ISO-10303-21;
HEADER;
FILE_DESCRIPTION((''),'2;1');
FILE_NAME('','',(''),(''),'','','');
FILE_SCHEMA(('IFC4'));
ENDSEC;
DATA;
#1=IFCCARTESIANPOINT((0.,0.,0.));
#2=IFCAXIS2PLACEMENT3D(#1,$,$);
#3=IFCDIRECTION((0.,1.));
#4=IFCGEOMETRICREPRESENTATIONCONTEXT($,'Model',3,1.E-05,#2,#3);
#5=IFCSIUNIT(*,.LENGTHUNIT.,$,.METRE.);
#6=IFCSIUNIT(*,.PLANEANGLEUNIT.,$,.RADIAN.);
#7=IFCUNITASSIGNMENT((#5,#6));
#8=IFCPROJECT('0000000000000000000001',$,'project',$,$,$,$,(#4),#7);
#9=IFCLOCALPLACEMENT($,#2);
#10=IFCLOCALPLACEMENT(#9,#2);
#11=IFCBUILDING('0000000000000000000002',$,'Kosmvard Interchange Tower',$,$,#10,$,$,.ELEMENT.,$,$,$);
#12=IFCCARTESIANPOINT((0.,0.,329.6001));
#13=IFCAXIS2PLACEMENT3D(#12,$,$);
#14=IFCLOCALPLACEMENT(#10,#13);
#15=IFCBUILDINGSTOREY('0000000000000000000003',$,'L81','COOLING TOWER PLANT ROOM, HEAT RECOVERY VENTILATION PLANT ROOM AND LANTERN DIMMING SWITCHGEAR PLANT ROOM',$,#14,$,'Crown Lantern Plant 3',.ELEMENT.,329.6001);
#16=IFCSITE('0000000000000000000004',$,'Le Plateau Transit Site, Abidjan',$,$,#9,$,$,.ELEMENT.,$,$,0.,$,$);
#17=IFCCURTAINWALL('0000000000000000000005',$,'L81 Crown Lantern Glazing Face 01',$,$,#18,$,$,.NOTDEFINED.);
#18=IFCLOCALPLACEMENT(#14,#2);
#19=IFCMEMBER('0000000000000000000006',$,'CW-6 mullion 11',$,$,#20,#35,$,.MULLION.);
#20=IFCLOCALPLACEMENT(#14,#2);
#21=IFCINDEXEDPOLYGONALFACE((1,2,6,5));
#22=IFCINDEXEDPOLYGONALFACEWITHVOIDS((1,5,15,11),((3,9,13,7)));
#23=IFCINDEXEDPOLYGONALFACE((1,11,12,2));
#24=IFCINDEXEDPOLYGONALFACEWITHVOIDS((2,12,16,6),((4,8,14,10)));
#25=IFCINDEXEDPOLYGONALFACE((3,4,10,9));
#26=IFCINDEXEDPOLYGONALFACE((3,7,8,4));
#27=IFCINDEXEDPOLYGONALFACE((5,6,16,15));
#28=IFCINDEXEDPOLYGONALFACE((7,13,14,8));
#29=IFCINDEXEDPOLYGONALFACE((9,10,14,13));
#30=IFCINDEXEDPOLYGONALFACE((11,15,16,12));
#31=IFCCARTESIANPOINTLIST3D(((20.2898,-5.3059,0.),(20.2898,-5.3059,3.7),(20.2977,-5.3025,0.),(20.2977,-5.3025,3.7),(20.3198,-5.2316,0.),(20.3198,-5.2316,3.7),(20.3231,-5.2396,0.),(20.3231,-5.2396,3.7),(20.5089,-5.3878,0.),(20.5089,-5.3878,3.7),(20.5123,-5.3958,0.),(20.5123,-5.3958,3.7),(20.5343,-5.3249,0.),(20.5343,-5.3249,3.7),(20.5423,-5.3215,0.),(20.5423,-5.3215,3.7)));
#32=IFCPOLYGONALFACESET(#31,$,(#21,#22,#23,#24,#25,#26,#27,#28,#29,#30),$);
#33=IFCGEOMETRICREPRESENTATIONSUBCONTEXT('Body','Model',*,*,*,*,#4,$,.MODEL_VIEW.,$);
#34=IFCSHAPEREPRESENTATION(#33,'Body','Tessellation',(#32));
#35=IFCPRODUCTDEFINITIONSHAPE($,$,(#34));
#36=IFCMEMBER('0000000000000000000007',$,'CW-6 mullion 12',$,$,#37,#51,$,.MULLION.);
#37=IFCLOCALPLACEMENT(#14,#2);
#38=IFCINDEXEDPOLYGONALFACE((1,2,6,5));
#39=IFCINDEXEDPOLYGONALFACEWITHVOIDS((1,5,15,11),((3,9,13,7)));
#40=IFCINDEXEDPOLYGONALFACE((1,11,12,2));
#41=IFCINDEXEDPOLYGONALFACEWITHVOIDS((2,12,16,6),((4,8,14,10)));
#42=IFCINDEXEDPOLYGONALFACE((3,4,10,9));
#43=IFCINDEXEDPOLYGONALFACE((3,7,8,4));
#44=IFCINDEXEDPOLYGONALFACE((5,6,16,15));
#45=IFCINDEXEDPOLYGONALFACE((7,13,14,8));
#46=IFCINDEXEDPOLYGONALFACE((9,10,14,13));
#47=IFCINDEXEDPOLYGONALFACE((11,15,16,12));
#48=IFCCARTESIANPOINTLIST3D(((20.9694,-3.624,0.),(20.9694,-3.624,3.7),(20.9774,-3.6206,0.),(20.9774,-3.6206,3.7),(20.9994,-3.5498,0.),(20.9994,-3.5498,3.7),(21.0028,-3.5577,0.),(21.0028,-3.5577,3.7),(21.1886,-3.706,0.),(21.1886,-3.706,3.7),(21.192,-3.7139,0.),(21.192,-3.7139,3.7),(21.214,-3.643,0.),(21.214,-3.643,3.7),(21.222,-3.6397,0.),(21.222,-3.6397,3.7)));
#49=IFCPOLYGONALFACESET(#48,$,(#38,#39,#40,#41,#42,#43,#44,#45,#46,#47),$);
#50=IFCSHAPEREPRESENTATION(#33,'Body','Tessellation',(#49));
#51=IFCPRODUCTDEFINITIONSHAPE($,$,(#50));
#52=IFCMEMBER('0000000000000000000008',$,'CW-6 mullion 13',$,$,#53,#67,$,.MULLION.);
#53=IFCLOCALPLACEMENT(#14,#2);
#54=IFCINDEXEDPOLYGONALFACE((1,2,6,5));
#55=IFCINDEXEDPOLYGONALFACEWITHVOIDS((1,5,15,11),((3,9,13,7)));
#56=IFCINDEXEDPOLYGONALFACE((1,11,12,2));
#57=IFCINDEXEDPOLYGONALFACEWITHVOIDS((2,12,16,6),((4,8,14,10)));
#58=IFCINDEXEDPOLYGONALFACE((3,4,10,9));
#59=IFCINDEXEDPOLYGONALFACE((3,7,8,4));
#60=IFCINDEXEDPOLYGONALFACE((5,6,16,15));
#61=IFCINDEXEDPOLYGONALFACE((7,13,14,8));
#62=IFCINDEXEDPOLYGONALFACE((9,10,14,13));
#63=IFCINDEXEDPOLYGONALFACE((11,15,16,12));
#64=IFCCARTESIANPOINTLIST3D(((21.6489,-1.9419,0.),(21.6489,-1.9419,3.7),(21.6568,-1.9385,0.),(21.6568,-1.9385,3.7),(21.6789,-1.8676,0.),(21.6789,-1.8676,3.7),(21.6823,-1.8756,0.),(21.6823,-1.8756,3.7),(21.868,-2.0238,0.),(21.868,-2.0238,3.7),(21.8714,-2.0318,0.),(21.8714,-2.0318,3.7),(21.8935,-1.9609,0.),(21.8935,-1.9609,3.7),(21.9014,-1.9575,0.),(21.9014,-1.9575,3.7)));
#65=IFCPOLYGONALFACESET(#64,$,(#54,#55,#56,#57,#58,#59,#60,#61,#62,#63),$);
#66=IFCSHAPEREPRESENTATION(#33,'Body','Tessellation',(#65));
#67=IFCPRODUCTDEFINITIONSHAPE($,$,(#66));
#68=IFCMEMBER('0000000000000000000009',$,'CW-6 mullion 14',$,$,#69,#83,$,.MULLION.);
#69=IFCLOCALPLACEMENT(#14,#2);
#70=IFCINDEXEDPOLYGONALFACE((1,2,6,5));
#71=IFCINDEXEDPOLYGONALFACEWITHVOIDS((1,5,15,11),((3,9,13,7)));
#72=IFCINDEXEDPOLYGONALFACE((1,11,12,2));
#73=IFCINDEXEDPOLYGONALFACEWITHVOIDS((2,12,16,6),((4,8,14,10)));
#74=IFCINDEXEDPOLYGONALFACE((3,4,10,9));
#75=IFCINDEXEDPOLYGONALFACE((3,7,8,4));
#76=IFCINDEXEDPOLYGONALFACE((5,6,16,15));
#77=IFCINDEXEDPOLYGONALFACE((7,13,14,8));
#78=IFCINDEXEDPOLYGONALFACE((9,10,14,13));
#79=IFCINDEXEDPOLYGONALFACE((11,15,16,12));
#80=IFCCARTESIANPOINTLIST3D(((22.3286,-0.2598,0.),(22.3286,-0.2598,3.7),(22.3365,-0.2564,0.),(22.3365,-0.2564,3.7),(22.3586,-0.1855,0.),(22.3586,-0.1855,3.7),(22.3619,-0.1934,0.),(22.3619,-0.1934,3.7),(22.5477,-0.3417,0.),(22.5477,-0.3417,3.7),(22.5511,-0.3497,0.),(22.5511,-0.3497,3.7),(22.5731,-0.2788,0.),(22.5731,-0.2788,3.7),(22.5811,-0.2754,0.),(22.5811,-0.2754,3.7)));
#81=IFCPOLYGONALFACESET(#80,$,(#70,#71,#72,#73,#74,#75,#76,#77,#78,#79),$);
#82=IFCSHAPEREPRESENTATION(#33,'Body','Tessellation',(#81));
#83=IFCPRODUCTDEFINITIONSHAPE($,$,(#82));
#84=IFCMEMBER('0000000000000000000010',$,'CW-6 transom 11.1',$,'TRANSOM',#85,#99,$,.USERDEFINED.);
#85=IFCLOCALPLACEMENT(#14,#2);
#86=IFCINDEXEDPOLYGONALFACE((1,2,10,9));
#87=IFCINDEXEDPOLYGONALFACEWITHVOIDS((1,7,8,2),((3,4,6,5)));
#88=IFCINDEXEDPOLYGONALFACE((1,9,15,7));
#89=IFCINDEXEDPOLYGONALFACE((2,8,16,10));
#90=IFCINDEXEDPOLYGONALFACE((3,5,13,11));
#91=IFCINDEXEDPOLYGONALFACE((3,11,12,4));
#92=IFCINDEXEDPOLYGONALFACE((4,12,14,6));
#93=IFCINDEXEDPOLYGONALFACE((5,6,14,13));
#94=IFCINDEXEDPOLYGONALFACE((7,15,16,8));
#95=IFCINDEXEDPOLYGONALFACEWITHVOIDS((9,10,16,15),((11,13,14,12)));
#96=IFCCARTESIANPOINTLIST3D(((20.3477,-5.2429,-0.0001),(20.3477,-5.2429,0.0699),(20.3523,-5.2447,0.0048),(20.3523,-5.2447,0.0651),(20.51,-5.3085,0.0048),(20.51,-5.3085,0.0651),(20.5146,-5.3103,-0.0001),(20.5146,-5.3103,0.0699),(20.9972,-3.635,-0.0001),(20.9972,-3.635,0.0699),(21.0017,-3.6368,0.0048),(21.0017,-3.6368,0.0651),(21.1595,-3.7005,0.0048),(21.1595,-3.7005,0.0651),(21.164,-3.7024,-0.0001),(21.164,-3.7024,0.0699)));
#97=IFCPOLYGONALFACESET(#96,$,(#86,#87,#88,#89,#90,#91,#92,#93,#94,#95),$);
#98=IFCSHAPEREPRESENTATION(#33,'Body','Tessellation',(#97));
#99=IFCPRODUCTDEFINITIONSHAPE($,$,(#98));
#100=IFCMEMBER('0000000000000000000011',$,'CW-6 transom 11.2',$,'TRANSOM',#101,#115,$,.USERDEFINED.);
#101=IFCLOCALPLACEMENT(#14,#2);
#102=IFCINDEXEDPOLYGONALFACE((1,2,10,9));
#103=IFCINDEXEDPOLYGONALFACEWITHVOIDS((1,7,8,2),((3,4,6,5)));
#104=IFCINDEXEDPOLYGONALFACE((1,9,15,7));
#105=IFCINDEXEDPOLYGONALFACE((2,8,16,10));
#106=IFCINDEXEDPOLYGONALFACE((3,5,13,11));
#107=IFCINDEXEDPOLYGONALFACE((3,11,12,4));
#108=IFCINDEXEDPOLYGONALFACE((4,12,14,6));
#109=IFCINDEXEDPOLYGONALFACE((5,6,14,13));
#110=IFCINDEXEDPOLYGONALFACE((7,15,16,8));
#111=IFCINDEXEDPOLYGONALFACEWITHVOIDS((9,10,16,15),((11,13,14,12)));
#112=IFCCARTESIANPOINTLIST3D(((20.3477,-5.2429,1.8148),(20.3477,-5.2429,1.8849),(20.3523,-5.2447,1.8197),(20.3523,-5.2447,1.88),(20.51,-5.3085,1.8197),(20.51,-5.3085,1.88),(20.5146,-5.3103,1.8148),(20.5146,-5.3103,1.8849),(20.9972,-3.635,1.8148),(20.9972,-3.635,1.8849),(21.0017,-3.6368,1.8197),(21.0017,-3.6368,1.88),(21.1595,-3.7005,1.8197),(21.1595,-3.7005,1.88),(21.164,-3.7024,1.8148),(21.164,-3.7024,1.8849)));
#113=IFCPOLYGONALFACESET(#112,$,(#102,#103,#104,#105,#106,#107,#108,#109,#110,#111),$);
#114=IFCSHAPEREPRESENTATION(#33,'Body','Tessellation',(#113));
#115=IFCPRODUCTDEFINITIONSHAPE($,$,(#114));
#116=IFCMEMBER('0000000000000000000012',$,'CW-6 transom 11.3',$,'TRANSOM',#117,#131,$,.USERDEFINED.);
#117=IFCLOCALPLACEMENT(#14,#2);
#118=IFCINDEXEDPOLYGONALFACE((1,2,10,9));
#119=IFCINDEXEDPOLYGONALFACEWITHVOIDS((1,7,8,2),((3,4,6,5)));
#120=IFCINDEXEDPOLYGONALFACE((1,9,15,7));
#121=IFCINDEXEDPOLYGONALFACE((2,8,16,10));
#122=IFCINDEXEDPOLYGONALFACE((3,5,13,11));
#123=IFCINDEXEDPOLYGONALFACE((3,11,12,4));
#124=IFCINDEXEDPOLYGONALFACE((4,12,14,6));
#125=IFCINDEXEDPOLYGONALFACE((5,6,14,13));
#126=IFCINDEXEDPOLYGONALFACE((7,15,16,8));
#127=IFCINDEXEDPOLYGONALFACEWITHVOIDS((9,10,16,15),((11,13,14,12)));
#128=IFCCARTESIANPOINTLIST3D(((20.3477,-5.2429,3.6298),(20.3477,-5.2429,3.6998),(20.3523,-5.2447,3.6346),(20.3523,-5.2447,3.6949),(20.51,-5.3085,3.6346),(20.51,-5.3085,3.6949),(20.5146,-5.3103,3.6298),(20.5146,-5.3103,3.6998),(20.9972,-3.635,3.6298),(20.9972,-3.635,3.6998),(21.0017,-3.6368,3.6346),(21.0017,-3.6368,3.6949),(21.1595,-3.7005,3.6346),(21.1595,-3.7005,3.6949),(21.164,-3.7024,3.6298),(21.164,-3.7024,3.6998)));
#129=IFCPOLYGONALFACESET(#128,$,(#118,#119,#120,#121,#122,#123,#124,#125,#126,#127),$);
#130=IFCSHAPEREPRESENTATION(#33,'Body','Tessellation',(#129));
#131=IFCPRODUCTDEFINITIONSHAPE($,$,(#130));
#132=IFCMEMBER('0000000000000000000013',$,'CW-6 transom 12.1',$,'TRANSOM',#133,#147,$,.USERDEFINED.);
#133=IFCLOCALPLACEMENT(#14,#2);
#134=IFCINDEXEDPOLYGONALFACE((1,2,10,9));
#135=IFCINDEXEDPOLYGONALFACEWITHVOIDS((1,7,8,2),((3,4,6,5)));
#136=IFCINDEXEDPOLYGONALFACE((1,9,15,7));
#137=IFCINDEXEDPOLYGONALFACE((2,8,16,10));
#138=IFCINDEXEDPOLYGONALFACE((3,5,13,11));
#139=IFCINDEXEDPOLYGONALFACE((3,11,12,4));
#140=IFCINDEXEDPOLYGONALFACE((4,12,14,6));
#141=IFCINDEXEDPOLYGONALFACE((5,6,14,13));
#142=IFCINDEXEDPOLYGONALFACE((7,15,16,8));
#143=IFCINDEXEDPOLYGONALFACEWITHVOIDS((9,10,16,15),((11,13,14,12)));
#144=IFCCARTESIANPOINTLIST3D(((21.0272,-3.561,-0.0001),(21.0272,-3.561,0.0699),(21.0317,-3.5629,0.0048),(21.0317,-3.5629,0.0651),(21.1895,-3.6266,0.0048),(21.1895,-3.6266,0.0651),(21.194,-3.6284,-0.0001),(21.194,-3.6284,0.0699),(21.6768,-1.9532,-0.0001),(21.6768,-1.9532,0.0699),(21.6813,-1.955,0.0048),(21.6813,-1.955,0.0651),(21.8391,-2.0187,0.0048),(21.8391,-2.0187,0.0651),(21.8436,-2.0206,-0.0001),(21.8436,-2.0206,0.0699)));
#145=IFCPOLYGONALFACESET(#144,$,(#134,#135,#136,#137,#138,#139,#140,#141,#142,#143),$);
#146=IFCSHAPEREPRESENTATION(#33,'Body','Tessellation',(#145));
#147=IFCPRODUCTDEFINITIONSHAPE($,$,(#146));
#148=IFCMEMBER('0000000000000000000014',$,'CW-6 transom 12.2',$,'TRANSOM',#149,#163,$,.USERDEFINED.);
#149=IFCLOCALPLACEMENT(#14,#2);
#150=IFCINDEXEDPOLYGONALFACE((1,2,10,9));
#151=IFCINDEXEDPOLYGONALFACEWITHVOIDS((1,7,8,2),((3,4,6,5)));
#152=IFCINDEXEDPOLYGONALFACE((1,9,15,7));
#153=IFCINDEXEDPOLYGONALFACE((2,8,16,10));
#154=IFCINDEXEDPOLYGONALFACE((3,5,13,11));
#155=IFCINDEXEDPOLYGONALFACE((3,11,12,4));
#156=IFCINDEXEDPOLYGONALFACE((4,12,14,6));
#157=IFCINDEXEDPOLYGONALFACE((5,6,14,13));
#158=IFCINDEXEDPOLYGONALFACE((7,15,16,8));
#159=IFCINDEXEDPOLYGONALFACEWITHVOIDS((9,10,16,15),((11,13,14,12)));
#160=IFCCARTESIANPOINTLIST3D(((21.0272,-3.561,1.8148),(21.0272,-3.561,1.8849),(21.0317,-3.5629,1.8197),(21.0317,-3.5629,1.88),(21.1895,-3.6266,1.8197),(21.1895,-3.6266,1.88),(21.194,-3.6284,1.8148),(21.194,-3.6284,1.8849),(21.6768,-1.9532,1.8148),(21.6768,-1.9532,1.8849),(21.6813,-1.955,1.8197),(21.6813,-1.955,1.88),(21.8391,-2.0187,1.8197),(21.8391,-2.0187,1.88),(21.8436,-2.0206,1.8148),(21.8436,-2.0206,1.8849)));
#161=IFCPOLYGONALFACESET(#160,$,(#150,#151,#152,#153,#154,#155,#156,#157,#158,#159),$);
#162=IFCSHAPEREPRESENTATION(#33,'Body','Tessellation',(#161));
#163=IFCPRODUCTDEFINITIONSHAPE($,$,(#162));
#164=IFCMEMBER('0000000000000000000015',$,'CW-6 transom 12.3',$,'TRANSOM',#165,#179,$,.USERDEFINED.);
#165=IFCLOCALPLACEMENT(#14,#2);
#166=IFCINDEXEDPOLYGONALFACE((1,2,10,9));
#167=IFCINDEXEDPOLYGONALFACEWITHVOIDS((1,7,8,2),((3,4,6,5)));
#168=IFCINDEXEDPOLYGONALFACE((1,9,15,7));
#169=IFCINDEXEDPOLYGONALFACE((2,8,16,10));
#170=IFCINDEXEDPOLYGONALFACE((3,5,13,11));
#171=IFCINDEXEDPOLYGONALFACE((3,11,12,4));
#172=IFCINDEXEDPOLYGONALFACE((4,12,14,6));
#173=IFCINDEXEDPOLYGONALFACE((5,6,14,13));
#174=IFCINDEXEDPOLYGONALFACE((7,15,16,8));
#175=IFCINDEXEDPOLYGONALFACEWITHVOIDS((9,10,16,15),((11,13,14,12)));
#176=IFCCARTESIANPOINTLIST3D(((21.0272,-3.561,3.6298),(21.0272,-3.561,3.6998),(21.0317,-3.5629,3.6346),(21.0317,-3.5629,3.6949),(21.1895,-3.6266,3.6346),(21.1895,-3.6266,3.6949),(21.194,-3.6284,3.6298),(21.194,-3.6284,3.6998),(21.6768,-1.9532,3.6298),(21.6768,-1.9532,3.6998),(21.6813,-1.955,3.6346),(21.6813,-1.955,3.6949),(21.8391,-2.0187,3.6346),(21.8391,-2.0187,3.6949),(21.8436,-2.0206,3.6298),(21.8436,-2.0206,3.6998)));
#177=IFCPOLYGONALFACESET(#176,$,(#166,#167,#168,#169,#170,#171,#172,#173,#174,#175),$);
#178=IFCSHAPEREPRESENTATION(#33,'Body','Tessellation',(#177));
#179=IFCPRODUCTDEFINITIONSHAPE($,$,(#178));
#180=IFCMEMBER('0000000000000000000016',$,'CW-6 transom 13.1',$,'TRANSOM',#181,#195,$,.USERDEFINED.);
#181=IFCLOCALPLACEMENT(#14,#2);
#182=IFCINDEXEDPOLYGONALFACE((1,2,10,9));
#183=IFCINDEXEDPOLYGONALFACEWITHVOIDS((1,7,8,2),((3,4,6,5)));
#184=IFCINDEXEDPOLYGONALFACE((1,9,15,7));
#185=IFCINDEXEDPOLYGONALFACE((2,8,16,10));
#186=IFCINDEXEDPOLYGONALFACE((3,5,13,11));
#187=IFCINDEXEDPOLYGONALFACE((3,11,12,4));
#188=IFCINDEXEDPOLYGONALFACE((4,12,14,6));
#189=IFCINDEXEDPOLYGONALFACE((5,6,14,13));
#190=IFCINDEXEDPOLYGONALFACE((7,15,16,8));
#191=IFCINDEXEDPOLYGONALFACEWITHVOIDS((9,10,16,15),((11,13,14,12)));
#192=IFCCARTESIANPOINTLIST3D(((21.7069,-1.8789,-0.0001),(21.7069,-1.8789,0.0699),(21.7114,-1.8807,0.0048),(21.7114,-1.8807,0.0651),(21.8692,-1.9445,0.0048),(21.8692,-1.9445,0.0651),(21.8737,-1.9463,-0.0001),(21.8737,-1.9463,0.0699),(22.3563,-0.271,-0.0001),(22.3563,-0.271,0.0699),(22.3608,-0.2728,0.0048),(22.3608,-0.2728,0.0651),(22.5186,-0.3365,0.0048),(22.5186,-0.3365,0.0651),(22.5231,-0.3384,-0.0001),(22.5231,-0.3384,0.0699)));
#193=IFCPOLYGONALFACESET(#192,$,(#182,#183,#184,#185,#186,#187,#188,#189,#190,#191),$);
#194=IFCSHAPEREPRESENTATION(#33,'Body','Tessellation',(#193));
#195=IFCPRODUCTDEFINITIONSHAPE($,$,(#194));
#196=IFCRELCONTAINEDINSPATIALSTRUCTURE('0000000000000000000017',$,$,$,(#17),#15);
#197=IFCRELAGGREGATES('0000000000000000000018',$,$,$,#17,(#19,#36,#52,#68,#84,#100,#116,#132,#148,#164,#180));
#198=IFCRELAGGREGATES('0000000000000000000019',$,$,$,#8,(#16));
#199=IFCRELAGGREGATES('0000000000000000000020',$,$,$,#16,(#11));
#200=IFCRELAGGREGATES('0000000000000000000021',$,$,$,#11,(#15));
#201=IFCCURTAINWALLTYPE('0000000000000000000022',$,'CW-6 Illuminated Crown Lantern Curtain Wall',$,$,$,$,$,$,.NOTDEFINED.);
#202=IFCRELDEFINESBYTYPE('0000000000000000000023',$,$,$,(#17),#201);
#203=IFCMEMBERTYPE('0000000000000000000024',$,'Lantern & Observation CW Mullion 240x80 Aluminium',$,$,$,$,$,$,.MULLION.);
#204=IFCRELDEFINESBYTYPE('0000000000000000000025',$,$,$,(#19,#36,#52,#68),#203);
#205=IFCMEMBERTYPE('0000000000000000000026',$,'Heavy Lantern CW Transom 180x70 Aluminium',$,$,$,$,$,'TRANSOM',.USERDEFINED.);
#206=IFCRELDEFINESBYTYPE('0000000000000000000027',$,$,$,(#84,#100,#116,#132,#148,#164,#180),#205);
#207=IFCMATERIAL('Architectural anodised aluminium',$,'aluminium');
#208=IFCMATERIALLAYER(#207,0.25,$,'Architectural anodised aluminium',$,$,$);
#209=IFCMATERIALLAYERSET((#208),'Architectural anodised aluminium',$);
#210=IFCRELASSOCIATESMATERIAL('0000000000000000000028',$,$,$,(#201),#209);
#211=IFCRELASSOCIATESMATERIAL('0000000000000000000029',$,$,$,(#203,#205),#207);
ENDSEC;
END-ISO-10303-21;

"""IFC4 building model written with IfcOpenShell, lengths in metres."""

from ifc_helpers import new_model, si_unit, direction, frame, origin, origin_2d, place, context, subcontext, project, spatial, hollow_rectangle, extrude, source, transform, mapped, material, layer, layer_set, material_profile, profile_set, type_object, element, aggregate, save


model = new_model("IFC4")

# Units and contexts
model_context = context("Model", 3, precision=1e-05, world=origin(), true_north=direction((0.0, 1.0)))
body_context = subcontext(model_context, "Body", "Model", "MODEL_VIEW")
ifc_project = project(units=[si_unit("LENGTHUNIT", "METRE"), si_unit("PLANEANGLEUNIT", "RADIAN")], contexts=[model_context])

# Site, building, storey
site_placement = place(None, origin())
site = spatial("IfcSite", under=ifc_project, at=site_placement, Name="Le Plateau Transit Site, Abidjan", CompositionType="ELEMENT", RefElevation=0.0)
building_placement = place(site_placement, origin())
building = spatial("IfcBuilding", under=site, at=building_placement, Name="Kosmvard Interchange Tower", CompositionType="ELEMENT")
storey_placement = place(building_placement, frame((0.0, 0.0, 329.6001)))
storey = spatial("IfcBuildingStorey", under=building, at=storey_placement, Name="L81", Description="COOLING TOWER PLANT ROOM, HEAT RECOVERY VENTILATION PLANT ROOM AND LANTERN DIMMING SWITCHGEAR PLANT ROOM", LongName="Crown Lantern Plant 3", CompositionType="ELEMENT", Elevation=329.6001)

# Curtain wall, members
ifc_material_1 = material(Name="Architectural anodised aluminium", Category="aluminium")
ifc_layer_1 = layer(ifc_material_1, 0.25, Name="Architectural anodised aluminium")
ifc_layer_set_1 = layer_set([ifc_layer_1], Name="Architectural anodised aluminium")
curtain_wall_type = type_object("IfcCurtainWallType", Name="CW-6 Illuminated Crown Lantern Curtain Wall", PredefinedType="NOTDEFINED", material=ifc_layer_set_1)
curtain_wall_placement = place(storey_placement, origin())
curtain_wall = element("IfcCurtainWall", 1, at=curtain_wall_placement, inside=storey, type_object=curtain_wall_type, Name="L81 Crown Lantern Glazing Face 01", PredefinedType="NOTDEFINED")
ifc_material_profile_1 = material_profile(ifc_material_1, hollow_rectangle(XDim=0.24, YDim=0.0801, WallThickness=0.0061, at=origin_2d()), Name="CWM 240x80x6")
ifc_profile_set_1 = profile_set([ifc_material_profile_1], Name="Architectural anodised aluminium")
member_type_1 = type_object("IfcMemberType", Name="Lantern & Observation CW Mullion 240x80 Aluminium", PredefinedType="MULLION", material=ifc_profile_set_1)
shared_shape_1 = source(origin(), body_context, "Body", "SweptSolid", [
    extrude(hollow_rectangle(XDim=0.24, YDim=0.0801, WallThickness=0.0061, at=origin_2d()), origin(), (0.0, 0.0, 1.0), 3.7),
])
member_1_placement = place(storey_placement, frame((20.416, -5.3137, 0.0), z_axis=(0.0, 0.0, 1.0), x_axis=(-0.927184, 0.374607, 0.0)))
member_1 = element("IfcMember", 2, at=member_1_placement, type_object=member_type_1, Name="CW-6 mullion 11", PredefinedType="MULLION", context=body_context, shape_type="MappedRepresentation", body=[
    mapped(shared_shape_1, transform((0.0, 0.0, 0.0), scale=1.0)),
])
member_2_placement = place(storey_placement, frame((21.0957, -3.6318, 0.0), z_axis=(0.0, 0.0, 1.0), x_axis=(-0.927184, 0.374607, 0.0)))
member_2 = element("IfcMember", 3, at=member_2_placement, type_object=member_type_1, Name="CW-6 mullion 12", PredefinedType="MULLION", context=body_context, shape_type="MappedRepresentation", body=[
    mapped(shared_shape_1, transform((0.0, 0.0, 0.0), scale=1.0)),
])
member_3_placement = place(storey_placement, frame((21.7751, -1.9497, 0.0), z_axis=(0.0, 0.0, 1.0), x_axis=(-0.927184, 0.374607, 0.0)))
member_3 = element("IfcMember", 4, at=member_3_placement, type_object=member_type_1, Name="CW-6 mullion 13", PredefinedType="MULLION", context=body_context, shape_type="MappedRepresentation", body=[
    mapped(shared_shape_1, transform((0.0, 0.0, 0.0), scale=1.0)),
])
member_4_placement = place(storey_placement, frame((22.4548, -0.2676, 0.0), z_axis=(0.0, 0.0, 1.0), x_axis=(-0.927184, 0.374607, 0.0)))
member_4 = element("IfcMember", 5, at=member_4_placement, type_object=member_type_1, Name="CW-6 mullion 14", PredefinedType="MULLION", context=body_context, shape_type="MappedRepresentation", body=[
    mapped(shared_shape_1, transform((0.0, 0.0, 0.0), scale=1.0)),
])
ifc_material_profile_2 = material_profile(ifc_material_1, hollow_rectangle(XDim=0.1799, YDim=0.0701, WallThickness=0.0049, at=origin_2d()), Name="CWT 180x70x5")
ifc_profile_set_2 = profile_set([ifc_material_profile_2], Name="Architectural anodised aluminium")
member_type_2 = type_object("IfcMemberType", Name="Heavy Lantern CW Transom 180x70 Aluminium", ElementType="TRANSOM", PredefinedType="USERDEFINED", material=ifc_profile_set_2)
shared_shape_2 = source(origin(), body_context, "Body", "SweptSolid", [
    extrude(hollow_rectangle(XDim=0.1799, YDim=0.0701, WallThickness=0.0049, at=origin_2d()), origin(), (0.0, 0.0, 1.0), 1.7341),
])
member_5_placement = place(storey_placement, frame((20.4312, -5.2766, 0.0349), z_axis=(0.374496, 0.927229, 0.0), x_axis=(-0.927229, 0.374496, 0.0)))
member_5 = element("IfcMember", 6, at=member_5_placement, type_object=member_type_2, Name="CW-6 transom 11.1", ObjectType="TRANSOM", PredefinedType="USERDEFINED", context=body_context, shape_type="MappedRepresentation", body=[
    mapped(shared_shape_2, transform((0.0, 0.0, 0.0), scale=1.0)),
])
member_6_placement = place(storey_placement, frame((20.4312, -5.2766, 1.8499), z_axis=(0.374496, 0.927229, 0.0), x_axis=(-0.927229, 0.374496, 0.0)))
member_6 = element("IfcMember", 7, at=member_6_placement, type_object=member_type_2, Name="CW-6 transom 11.2", ObjectType="TRANSOM", PredefinedType="USERDEFINED", context=body_context, shape_type="MappedRepresentation", body=[
    mapped(shared_shape_2, transform((0.0, 0.0, 0.0), scale=1.0)),
])
member_7_placement = place(storey_placement, frame((20.4312, -5.2766, 3.6648), z_axis=(0.374496, 0.927229, 0.0), x_axis=(-0.927229, 0.374496, 0.0)))
member_7 = element("IfcMember", 8, at=member_7_placement, type_object=member_type_2, Name="CW-6 transom 11.3", ObjectType="TRANSOM", PredefinedType="USERDEFINED", context=body_context, shape_type="MappedRepresentation", body=[
    mapped(shared_shape_2, transform((0.0, 0.0, 0.0), scale=1.0)),
])
member_8_placement = place(storey_placement, frame((21.1106, -3.5947, 0.0349), z_axis=(0.374617, 0.92718, 0.0), x_axis=(-0.92718, 0.374617, 0.0)))
member_8 = element("IfcMember", 9, at=member_8_placement, type_object=member_type_2, Name="CW-6 transom 12.1", ObjectType="TRANSOM", PredefinedType="USERDEFINED", context=body_context, shape_type="MappedRepresentation", body=[
    mapped(shared_shape_2, transform((0.0, 0.0, 0.0), scale=1.0)),
])
member_9_placement = place(storey_placement, frame((21.1106, -3.5947, 1.8499), z_axis=(0.374617, 0.92718, 0.0), x_axis=(-0.92718, 0.374617, 0.0)))
member_9 = element("IfcMember", 10, at=member_9_placement, type_object=member_type_2, Name="CW-6 transom 12.2", ObjectType="TRANSOM", PredefinedType="USERDEFINED", context=body_context, shape_type="MappedRepresentation", body=[
    mapped(shared_shape_2, transform((0.0, 0.0, 0.0), scale=1.0)),
])
member_10_placement = place(storey_placement, frame((21.1106, -3.5947, 3.6648), z_axis=(0.374617, 0.92718, 0.0), x_axis=(-0.92718, 0.374617, 0.0)))
member_10 = element("IfcMember", 11, at=member_10_placement, type_object=member_type_2, Name="CW-6 transom 12.3", ObjectType="TRANSOM", PredefinedType="USERDEFINED", context=body_context, shape_type="MappedRepresentation", body=[
    mapped(shared_shape_2, transform((0.0, 0.0, 0.0), scale=1.0)),
])
member_11_placement = place(storey_placement, frame((21.7903, -1.9126, 0.0349), z_axis=(0.374496, 0.927229, 0.0), x_axis=(-0.927229, 0.374496, 0.0)))
member_11 = element("IfcMember", 12, at=member_11_placement, type_object=member_type_2, Name="CW-6 transom 13.1", ObjectType="TRANSOM", PredefinedType="USERDEFINED", context=body_context, shape_type="MappedRepresentation", body=[
    mapped(shared_shape_2, transform((0.0, 0.0, 0.0), scale=1.0)),
])
aggregate(curtain_wall, [member_1, member_2, member_3, member_4, member_5, member_6, member_7, member_8, member_9, member_10, member_11])

save(model, "model.ifc")
